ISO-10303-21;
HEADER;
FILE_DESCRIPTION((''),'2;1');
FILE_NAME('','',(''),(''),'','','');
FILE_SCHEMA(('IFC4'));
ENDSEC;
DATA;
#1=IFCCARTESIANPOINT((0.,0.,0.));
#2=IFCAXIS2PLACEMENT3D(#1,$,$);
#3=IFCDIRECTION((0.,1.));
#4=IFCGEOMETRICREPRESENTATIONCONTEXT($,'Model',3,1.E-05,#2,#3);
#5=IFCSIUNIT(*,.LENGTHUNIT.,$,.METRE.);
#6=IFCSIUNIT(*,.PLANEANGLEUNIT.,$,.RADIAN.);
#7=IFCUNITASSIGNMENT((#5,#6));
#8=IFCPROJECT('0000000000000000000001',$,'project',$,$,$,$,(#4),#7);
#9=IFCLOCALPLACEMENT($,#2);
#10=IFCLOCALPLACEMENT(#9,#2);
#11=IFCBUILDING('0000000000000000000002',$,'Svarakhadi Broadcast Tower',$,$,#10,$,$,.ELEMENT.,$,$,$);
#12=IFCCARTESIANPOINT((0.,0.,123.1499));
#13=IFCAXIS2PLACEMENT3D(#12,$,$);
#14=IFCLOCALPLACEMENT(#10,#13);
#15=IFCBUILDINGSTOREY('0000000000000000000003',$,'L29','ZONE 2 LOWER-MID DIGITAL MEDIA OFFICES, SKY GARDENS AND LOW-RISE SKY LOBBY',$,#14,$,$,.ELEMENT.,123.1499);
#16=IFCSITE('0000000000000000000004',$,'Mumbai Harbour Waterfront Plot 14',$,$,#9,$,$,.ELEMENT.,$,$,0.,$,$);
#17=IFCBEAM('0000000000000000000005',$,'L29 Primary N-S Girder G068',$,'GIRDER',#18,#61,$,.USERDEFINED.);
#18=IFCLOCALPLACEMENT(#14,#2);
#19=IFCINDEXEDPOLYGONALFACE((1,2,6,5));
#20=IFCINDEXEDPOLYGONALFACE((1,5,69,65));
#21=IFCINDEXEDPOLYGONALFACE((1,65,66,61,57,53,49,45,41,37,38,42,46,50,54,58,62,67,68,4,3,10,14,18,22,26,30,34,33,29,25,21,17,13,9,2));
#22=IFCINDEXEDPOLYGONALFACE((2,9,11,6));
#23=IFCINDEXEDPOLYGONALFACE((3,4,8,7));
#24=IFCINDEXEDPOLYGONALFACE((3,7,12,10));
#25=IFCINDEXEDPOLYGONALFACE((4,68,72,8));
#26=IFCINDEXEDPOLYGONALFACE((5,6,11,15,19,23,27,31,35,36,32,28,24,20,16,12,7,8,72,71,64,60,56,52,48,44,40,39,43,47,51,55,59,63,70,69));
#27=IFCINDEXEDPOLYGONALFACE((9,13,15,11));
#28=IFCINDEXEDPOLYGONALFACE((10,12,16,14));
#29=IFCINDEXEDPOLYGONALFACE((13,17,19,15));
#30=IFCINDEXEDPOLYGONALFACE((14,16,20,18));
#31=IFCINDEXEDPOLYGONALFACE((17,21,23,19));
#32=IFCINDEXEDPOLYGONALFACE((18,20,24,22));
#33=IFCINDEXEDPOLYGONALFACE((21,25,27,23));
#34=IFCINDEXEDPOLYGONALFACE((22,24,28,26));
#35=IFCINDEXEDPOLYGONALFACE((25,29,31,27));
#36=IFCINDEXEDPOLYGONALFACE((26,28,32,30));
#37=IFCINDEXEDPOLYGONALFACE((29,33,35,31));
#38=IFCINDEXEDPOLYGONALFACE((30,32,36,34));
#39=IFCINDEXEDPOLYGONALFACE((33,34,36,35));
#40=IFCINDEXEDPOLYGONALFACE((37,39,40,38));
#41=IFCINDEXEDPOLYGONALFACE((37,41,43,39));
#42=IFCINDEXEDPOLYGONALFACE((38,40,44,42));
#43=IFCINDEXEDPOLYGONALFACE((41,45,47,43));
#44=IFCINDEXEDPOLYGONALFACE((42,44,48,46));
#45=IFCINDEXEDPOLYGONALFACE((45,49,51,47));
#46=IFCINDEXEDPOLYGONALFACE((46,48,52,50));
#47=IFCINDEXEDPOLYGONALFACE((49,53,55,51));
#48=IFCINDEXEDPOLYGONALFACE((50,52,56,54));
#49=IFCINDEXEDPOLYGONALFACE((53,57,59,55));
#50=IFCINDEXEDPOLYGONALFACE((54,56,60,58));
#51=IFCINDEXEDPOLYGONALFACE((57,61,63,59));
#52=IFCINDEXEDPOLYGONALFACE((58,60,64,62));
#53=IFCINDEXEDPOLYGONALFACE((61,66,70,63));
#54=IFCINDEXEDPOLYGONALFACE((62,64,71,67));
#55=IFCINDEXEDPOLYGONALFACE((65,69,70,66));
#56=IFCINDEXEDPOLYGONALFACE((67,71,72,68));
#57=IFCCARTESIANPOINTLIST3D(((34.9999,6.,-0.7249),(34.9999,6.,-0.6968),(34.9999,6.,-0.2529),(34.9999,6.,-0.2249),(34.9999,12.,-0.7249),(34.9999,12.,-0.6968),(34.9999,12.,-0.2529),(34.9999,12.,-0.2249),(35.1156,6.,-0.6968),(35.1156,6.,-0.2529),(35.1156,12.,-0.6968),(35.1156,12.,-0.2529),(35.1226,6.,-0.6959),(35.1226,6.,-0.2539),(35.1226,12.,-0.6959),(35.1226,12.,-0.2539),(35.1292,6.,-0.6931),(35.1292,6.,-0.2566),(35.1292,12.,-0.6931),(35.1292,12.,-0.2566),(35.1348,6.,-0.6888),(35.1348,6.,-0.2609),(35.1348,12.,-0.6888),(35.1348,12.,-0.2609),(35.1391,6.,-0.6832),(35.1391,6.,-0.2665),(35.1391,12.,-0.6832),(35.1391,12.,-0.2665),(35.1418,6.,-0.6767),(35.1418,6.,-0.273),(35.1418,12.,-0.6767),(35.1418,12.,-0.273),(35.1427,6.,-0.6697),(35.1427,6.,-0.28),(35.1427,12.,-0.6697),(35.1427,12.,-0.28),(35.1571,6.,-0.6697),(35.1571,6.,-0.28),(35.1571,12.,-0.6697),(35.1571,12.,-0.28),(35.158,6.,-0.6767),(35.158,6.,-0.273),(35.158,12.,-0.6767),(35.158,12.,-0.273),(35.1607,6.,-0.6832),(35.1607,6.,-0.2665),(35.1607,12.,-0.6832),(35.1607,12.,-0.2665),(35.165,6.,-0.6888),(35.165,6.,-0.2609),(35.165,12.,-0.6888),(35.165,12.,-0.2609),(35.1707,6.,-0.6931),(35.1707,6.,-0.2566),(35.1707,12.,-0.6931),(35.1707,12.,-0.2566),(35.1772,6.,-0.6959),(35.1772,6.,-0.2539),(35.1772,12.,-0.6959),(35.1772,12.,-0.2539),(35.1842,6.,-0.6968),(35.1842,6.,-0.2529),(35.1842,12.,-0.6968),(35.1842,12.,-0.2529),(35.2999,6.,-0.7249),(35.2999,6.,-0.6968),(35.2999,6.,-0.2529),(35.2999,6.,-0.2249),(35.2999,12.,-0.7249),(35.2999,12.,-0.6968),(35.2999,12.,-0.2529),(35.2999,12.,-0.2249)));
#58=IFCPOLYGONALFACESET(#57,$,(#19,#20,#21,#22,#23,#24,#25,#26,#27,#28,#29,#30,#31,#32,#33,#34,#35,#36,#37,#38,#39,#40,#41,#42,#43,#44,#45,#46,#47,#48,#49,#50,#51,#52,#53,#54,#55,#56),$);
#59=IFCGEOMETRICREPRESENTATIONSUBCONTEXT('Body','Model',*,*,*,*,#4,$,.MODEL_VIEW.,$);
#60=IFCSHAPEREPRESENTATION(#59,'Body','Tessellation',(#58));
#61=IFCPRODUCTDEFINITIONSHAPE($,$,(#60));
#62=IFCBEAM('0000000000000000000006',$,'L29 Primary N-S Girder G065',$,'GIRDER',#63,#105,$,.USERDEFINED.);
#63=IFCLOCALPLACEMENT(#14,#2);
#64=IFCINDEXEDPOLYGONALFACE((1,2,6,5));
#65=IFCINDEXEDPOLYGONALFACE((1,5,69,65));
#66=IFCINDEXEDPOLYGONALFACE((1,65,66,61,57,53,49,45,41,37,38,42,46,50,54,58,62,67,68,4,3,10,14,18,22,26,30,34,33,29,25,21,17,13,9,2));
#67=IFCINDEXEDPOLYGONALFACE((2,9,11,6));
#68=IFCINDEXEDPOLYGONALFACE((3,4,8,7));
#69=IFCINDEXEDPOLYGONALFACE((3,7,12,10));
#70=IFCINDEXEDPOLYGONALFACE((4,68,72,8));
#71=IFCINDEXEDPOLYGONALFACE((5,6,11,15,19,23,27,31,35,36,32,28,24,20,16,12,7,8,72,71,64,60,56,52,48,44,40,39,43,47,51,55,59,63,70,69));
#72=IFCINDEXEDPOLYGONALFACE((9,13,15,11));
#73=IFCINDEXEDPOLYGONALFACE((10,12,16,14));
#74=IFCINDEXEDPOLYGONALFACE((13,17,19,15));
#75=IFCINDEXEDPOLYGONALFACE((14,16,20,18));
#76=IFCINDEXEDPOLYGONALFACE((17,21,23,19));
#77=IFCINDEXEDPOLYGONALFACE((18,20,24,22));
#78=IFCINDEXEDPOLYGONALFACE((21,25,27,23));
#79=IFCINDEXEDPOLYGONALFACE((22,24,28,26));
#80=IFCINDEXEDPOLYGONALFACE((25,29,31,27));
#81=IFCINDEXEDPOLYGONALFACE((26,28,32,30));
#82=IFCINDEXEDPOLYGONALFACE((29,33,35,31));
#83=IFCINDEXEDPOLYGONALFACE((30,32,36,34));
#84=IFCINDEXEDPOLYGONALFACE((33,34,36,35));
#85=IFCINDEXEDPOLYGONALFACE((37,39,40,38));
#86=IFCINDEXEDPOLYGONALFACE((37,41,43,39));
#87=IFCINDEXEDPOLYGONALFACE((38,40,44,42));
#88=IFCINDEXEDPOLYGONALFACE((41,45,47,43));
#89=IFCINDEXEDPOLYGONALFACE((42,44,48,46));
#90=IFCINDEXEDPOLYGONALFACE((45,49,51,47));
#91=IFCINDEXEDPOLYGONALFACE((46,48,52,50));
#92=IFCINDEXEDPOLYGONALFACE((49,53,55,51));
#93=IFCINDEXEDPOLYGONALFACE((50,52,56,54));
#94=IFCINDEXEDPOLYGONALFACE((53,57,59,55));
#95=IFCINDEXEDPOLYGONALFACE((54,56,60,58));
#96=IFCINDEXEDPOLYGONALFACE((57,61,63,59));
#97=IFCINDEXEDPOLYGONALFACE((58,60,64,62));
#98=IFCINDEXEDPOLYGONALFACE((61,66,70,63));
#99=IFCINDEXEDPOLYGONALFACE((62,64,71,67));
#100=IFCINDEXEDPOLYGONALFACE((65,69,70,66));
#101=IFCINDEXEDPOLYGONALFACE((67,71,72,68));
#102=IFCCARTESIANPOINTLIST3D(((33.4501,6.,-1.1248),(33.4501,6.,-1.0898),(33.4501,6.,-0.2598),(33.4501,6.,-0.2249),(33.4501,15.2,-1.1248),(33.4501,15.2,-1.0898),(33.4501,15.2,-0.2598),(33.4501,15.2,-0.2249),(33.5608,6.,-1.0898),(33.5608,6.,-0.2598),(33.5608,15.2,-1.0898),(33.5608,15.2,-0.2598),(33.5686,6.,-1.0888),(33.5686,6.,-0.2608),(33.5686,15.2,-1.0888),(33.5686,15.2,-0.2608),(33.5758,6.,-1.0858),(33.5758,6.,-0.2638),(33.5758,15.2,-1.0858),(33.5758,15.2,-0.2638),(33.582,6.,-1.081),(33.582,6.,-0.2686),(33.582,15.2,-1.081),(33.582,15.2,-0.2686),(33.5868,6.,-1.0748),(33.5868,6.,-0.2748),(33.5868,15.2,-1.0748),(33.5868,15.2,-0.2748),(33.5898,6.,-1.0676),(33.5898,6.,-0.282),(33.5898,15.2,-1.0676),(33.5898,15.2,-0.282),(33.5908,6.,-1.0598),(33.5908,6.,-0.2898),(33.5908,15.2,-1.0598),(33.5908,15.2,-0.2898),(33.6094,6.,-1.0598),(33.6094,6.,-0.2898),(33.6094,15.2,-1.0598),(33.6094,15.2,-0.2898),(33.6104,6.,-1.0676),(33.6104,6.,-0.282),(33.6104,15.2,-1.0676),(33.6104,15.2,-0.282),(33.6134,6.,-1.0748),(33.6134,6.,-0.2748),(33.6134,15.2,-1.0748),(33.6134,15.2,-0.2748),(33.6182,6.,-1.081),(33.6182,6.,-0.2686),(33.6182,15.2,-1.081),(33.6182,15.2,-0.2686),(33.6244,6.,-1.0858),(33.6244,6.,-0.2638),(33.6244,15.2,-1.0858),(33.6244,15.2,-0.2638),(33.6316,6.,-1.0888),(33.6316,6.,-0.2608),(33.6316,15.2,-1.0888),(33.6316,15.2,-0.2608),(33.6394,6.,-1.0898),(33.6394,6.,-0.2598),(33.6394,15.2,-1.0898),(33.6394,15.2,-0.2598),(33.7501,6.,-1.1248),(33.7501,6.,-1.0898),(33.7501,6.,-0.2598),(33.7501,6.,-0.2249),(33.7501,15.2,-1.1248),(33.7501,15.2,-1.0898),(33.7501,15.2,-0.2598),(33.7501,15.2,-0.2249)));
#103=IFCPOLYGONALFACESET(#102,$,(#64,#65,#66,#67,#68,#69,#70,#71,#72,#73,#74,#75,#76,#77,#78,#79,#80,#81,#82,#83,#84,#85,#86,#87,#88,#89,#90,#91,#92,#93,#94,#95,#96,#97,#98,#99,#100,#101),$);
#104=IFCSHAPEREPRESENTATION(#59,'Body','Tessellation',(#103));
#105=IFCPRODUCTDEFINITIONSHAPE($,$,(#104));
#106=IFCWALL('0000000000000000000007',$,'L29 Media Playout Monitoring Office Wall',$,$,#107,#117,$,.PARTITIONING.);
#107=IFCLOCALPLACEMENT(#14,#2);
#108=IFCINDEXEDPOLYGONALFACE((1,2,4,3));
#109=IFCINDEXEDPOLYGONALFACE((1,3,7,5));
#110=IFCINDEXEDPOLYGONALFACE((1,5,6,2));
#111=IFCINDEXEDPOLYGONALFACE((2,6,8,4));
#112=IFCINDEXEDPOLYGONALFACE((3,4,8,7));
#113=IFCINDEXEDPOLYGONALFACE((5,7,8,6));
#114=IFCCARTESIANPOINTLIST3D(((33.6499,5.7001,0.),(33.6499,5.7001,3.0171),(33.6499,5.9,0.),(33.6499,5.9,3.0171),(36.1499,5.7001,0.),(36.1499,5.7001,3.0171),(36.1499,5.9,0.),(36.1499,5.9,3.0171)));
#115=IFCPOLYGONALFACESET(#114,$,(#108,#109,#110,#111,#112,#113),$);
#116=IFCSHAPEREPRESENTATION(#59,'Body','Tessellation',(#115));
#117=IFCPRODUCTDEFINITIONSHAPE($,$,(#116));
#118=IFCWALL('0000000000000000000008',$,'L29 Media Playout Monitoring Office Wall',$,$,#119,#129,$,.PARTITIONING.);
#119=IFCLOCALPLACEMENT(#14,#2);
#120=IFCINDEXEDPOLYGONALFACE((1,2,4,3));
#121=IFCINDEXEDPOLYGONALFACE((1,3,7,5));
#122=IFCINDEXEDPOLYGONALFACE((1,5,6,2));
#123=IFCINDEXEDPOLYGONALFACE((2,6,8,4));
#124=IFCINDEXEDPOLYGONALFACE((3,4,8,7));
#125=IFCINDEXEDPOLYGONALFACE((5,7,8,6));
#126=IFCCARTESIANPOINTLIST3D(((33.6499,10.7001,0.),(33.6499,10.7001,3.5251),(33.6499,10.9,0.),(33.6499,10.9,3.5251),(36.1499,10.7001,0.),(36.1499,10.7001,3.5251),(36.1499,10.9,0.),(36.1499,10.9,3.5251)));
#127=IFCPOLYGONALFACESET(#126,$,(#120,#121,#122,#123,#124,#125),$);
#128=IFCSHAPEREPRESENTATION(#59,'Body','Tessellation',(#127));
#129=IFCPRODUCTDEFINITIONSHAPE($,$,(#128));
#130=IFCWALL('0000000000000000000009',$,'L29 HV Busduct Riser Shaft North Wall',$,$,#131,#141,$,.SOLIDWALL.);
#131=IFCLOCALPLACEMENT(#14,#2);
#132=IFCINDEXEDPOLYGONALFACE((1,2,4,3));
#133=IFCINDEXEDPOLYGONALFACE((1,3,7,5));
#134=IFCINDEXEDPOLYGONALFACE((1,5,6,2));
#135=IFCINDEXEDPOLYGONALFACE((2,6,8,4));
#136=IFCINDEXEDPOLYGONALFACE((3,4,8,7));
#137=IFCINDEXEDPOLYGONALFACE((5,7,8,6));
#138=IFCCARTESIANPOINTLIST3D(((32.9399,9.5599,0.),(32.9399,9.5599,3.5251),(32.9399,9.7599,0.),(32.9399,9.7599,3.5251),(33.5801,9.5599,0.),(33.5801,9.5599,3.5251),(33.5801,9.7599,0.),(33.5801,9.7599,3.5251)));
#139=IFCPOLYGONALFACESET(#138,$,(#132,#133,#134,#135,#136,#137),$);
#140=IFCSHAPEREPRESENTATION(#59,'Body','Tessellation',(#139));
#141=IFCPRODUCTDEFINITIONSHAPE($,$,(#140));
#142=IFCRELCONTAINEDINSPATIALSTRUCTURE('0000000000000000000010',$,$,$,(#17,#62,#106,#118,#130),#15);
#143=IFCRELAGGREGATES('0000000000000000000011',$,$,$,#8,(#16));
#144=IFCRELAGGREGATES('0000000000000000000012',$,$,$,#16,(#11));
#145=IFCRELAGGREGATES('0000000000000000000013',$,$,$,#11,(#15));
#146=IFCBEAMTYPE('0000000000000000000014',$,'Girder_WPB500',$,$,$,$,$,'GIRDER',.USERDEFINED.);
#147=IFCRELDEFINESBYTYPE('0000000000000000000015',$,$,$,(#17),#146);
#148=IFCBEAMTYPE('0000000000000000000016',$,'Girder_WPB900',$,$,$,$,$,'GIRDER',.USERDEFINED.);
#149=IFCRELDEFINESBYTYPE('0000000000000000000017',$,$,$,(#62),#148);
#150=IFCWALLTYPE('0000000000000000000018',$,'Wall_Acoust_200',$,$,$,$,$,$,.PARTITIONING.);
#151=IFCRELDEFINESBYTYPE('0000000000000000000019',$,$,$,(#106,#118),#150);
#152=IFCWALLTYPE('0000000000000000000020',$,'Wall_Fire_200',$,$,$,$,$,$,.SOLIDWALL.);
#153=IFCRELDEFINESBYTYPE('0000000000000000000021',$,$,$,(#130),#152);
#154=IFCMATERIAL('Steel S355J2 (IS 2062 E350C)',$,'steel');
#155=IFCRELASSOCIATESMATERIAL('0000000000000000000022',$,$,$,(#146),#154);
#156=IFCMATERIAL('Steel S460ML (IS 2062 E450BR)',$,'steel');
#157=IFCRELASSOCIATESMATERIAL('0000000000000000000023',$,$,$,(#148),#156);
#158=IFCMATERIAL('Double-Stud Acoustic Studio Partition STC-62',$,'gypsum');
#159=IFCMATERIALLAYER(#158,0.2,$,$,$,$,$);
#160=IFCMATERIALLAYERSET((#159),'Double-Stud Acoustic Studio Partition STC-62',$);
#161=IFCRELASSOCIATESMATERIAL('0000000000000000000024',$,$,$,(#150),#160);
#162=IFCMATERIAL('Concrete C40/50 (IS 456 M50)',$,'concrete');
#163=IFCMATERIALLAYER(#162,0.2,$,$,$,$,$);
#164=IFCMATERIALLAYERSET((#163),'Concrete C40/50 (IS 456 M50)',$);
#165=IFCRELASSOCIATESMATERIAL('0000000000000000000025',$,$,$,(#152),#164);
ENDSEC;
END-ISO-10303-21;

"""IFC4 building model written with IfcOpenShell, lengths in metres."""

from ifc_helpers import new_model, si_unit, direction, frame, frame_2d, origin, origin_2d, place, context, subcontext, project, spatial, rectangle, i_section, extrude, material, layer, layer_set, material_profile, profile_set, type_object, element, save


model = new_model("IFC4")

# Units and contexts
model_context = context("Model", 3, precision=1e-05, world=origin(), true_north=direction((0.0, 1.0)))
body_context = subcontext(model_context, "Body", "Model", "MODEL_VIEW")
ifc_project = project(units=[si_unit("LENGTHUNIT", "METRE"), si_unit("PLANEANGLEUNIT", "RADIAN")], contexts=[model_context])

# Site, building, storey
site_placement = place(None, origin())
site = spatial("IfcSite", under=ifc_project, at=site_placement, Name="Mumbai Harbour Waterfront Plot 14", CompositionType="ELEMENT", RefElevation=0.0)
building_placement = place(site_placement, origin())
building = spatial("IfcBuilding", under=site, at=building_placement, Name="Svarakhadi Broadcast Tower", CompositionType="ELEMENT")
storey_placement = place(building_placement, frame((0.0, 0.0, 123.1499)))
storey = spatial("IfcBuildingStorey", under=building, at=storey_placement, Name="L29", Description="ZONE 2 LOWER-MID DIGITAL MEDIA OFFICES, SKY GARDENS AND LOW-RISE SKY LOBBY", CompositionType="ELEMENT", Elevation=123.1499)

# Shared definitions
ifc_material_1 = material(Name="Steel S460ML (IS 2062 E450BR)", Category="steel")

# Beams
ifc_material_2 = material(Name="Steel S355J2 (IS 2062 E350C)", Category="steel")
ifc_material_profile_1 = material_profile(ifc_material_2, i_section(OverallWidth=0.3, OverallDepth=0.5, WebThickness=0.0144, FlangeThickness=0.0281, FilletRadius=0.0271, at=origin_2d()), Name="WPB 500x300x187")
ifc_profile_set_1 = profile_set([ifc_material_profile_1], Name="Steel S355J2 (IS 2062 E350C)")
beam_type_1 = type_object("IfcBeamType", Name="Girder_WPB500", ElementType="GIRDER", PredefinedType="USERDEFINED", material=ifc_profile_set_1)
for number, where, z_axis, x_axis, name in (
    (1, (35.1499, 6.0, -0.4749), (0.0, 1.0, 0.0), (-1.0, 0.0, 0.0), "L29 Primary N-S Girder G068"),
):
    element("IfcBeam", number, at=place(storey_placement, frame(where, z_axis=z_axis, x_axis=x_axis)), inside=storey, type_object=beam_type_1, Name=name, ObjectType="GIRDER", PredefinedType="USERDEFINED", context=body_context, shape_type="SweptSolid", body=[
        extrude(i_section(OverallWidth=0.3, OverallDepth=0.5, WebThickness=0.0144, FlangeThickness=0.0281, FilletRadius=0.0271, at=origin_2d()), origin(), (0.0, 0.0, 1.0), 6.0),
    ])
ifc_material_profile_2 = material_profile(ifc_material_1, i_section(OverallWidth=0.3, OverallDepth=0.8999, WebThickness=0.0186, FlangeThickness=0.0349, FilletRadius=0.03, at=origin_2d()), Name="WPB 900x300x291")
ifc_profile_set_2 = profile_set([ifc_material_profile_2], Name="Steel S460ML (IS 2062 E450BR)")
beam_type_2 = type_object("IfcBeamType", Name="Girder_WPB900", ElementType="GIRDER", PredefinedType="USERDEFINED", material=ifc_profile_set_2)
beam_1_placement = place(storey_placement, frame((33.6001, 6.0, -0.6748), z_axis=(0.0, 1.0, 0.0), x_axis=(-1.0, 0.0, 0.0)))
element("IfcBeam", 2, at=beam_1_placement, inside=storey, type_object=beam_type_2, Name="L29 Primary N-S Girder G065", ObjectType="GIRDER", PredefinedType="USERDEFINED", context=body_context, shape_type="SweptSolid", body=[
    extrude(i_section(OverallWidth=0.3, OverallDepth=0.8999, WebThickness=0.0186, FlangeThickness=0.0349, FilletRadius=0.03, at=origin_2d()), origin(), (0.0, 0.0, 1.0), 9.2),
])

# Walls
ifc_material_3 = material(Name="Double-Stud Acoustic Studio Partition STC-62", Category="gypsum")
ifc_layer_1 = layer(ifc_material_3, 0.2)
ifc_layer_set_1 = layer_set([ifc_layer_1], Name="Double-Stud Acoustic Studio Partition STC-62")
wall_type_1 = type_object("IfcWallType", Name="Wall_Acoust_200", PredefinedType="PARTITIONING", material=ifc_layer_set_1)
wall_1_placement = place(storey_placement, frame((33.6499, 5.8, 0.0), z_axis=(0.0, 0.0, 1.0), x_axis=(1.0, 0.0, 0.0)))
element("IfcWall", 3, at=wall_1_placement, inside=storey, type_object=wall_type_1, Name="L29 Media Playout Monitoring Office Wall", PredefinedType="PARTITIONING", context=body_context, shape_type="SweptSolid", body=[
    extrude(rectangle(XDim=2.5, YDim=0.2, at=frame_2d((1.25, 0.0))), origin(), (0.0, 0.0, 1.0), 3.0171),
])
wall_2_placement = place(storey_placement, frame((33.6499, 10.8, 0.0), z_axis=(0.0, 0.0, 1.0), x_axis=(1.0, 0.0, 0.0)))
element("IfcWall", 4, at=wall_2_placement, inside=storey, type_object=wall_type_1, Name="L29 Media Playout Monitoring Office Wall", PredefinedType="PARTITIONING", context=body_context, shape_type="SweptSolid", body=[
    extrude(rectangle(XDim=2.5, YDim=0.2, at=frame_2d((1.25, 0.0))), origin(), (0.0, 0.0, 1.0), 3.5251),
])
ifc_material_4 = material(Name="Concrete C40/50 (IS 456 M50)", Category="concrete")
ifc_layer_2 = layer(ifc_material_4, 0.2)
ifc_layer_set_2 = layer_set([ifc_layer_2], Name="Concrete C40/50 (IS 456 M50)")
wall_type_2 = type_object("IfcWallType", Name="Wall_Fire_200", PredefinedType="SOLIDWALL", material=ifc_layer_set_2)
wall_3_placement = place(storey_placement, frame((32.9399, 9.6599, 0.0), z_axis=(0.0, 0.0, 1.0), x_axis=(1.0, 0.0, 0.0)))
element("IfcWall", 5, at=wall_3_placement, inside=storey, type_object=wall_type_2, Name="L29 HV Busduct Riser Shaft North Wall", PredefinedType="SOLIDWALL", context=body_context, shape_type="SweptSolid", body=[
    extrude(rectangle(XDim=0.6401, YDim=0.2, at=frame_2d((0.3201, 0.0))), origin(), (0.0, 0.0, 1.0), 3.5251),
])

save(model, "model.ifc")
